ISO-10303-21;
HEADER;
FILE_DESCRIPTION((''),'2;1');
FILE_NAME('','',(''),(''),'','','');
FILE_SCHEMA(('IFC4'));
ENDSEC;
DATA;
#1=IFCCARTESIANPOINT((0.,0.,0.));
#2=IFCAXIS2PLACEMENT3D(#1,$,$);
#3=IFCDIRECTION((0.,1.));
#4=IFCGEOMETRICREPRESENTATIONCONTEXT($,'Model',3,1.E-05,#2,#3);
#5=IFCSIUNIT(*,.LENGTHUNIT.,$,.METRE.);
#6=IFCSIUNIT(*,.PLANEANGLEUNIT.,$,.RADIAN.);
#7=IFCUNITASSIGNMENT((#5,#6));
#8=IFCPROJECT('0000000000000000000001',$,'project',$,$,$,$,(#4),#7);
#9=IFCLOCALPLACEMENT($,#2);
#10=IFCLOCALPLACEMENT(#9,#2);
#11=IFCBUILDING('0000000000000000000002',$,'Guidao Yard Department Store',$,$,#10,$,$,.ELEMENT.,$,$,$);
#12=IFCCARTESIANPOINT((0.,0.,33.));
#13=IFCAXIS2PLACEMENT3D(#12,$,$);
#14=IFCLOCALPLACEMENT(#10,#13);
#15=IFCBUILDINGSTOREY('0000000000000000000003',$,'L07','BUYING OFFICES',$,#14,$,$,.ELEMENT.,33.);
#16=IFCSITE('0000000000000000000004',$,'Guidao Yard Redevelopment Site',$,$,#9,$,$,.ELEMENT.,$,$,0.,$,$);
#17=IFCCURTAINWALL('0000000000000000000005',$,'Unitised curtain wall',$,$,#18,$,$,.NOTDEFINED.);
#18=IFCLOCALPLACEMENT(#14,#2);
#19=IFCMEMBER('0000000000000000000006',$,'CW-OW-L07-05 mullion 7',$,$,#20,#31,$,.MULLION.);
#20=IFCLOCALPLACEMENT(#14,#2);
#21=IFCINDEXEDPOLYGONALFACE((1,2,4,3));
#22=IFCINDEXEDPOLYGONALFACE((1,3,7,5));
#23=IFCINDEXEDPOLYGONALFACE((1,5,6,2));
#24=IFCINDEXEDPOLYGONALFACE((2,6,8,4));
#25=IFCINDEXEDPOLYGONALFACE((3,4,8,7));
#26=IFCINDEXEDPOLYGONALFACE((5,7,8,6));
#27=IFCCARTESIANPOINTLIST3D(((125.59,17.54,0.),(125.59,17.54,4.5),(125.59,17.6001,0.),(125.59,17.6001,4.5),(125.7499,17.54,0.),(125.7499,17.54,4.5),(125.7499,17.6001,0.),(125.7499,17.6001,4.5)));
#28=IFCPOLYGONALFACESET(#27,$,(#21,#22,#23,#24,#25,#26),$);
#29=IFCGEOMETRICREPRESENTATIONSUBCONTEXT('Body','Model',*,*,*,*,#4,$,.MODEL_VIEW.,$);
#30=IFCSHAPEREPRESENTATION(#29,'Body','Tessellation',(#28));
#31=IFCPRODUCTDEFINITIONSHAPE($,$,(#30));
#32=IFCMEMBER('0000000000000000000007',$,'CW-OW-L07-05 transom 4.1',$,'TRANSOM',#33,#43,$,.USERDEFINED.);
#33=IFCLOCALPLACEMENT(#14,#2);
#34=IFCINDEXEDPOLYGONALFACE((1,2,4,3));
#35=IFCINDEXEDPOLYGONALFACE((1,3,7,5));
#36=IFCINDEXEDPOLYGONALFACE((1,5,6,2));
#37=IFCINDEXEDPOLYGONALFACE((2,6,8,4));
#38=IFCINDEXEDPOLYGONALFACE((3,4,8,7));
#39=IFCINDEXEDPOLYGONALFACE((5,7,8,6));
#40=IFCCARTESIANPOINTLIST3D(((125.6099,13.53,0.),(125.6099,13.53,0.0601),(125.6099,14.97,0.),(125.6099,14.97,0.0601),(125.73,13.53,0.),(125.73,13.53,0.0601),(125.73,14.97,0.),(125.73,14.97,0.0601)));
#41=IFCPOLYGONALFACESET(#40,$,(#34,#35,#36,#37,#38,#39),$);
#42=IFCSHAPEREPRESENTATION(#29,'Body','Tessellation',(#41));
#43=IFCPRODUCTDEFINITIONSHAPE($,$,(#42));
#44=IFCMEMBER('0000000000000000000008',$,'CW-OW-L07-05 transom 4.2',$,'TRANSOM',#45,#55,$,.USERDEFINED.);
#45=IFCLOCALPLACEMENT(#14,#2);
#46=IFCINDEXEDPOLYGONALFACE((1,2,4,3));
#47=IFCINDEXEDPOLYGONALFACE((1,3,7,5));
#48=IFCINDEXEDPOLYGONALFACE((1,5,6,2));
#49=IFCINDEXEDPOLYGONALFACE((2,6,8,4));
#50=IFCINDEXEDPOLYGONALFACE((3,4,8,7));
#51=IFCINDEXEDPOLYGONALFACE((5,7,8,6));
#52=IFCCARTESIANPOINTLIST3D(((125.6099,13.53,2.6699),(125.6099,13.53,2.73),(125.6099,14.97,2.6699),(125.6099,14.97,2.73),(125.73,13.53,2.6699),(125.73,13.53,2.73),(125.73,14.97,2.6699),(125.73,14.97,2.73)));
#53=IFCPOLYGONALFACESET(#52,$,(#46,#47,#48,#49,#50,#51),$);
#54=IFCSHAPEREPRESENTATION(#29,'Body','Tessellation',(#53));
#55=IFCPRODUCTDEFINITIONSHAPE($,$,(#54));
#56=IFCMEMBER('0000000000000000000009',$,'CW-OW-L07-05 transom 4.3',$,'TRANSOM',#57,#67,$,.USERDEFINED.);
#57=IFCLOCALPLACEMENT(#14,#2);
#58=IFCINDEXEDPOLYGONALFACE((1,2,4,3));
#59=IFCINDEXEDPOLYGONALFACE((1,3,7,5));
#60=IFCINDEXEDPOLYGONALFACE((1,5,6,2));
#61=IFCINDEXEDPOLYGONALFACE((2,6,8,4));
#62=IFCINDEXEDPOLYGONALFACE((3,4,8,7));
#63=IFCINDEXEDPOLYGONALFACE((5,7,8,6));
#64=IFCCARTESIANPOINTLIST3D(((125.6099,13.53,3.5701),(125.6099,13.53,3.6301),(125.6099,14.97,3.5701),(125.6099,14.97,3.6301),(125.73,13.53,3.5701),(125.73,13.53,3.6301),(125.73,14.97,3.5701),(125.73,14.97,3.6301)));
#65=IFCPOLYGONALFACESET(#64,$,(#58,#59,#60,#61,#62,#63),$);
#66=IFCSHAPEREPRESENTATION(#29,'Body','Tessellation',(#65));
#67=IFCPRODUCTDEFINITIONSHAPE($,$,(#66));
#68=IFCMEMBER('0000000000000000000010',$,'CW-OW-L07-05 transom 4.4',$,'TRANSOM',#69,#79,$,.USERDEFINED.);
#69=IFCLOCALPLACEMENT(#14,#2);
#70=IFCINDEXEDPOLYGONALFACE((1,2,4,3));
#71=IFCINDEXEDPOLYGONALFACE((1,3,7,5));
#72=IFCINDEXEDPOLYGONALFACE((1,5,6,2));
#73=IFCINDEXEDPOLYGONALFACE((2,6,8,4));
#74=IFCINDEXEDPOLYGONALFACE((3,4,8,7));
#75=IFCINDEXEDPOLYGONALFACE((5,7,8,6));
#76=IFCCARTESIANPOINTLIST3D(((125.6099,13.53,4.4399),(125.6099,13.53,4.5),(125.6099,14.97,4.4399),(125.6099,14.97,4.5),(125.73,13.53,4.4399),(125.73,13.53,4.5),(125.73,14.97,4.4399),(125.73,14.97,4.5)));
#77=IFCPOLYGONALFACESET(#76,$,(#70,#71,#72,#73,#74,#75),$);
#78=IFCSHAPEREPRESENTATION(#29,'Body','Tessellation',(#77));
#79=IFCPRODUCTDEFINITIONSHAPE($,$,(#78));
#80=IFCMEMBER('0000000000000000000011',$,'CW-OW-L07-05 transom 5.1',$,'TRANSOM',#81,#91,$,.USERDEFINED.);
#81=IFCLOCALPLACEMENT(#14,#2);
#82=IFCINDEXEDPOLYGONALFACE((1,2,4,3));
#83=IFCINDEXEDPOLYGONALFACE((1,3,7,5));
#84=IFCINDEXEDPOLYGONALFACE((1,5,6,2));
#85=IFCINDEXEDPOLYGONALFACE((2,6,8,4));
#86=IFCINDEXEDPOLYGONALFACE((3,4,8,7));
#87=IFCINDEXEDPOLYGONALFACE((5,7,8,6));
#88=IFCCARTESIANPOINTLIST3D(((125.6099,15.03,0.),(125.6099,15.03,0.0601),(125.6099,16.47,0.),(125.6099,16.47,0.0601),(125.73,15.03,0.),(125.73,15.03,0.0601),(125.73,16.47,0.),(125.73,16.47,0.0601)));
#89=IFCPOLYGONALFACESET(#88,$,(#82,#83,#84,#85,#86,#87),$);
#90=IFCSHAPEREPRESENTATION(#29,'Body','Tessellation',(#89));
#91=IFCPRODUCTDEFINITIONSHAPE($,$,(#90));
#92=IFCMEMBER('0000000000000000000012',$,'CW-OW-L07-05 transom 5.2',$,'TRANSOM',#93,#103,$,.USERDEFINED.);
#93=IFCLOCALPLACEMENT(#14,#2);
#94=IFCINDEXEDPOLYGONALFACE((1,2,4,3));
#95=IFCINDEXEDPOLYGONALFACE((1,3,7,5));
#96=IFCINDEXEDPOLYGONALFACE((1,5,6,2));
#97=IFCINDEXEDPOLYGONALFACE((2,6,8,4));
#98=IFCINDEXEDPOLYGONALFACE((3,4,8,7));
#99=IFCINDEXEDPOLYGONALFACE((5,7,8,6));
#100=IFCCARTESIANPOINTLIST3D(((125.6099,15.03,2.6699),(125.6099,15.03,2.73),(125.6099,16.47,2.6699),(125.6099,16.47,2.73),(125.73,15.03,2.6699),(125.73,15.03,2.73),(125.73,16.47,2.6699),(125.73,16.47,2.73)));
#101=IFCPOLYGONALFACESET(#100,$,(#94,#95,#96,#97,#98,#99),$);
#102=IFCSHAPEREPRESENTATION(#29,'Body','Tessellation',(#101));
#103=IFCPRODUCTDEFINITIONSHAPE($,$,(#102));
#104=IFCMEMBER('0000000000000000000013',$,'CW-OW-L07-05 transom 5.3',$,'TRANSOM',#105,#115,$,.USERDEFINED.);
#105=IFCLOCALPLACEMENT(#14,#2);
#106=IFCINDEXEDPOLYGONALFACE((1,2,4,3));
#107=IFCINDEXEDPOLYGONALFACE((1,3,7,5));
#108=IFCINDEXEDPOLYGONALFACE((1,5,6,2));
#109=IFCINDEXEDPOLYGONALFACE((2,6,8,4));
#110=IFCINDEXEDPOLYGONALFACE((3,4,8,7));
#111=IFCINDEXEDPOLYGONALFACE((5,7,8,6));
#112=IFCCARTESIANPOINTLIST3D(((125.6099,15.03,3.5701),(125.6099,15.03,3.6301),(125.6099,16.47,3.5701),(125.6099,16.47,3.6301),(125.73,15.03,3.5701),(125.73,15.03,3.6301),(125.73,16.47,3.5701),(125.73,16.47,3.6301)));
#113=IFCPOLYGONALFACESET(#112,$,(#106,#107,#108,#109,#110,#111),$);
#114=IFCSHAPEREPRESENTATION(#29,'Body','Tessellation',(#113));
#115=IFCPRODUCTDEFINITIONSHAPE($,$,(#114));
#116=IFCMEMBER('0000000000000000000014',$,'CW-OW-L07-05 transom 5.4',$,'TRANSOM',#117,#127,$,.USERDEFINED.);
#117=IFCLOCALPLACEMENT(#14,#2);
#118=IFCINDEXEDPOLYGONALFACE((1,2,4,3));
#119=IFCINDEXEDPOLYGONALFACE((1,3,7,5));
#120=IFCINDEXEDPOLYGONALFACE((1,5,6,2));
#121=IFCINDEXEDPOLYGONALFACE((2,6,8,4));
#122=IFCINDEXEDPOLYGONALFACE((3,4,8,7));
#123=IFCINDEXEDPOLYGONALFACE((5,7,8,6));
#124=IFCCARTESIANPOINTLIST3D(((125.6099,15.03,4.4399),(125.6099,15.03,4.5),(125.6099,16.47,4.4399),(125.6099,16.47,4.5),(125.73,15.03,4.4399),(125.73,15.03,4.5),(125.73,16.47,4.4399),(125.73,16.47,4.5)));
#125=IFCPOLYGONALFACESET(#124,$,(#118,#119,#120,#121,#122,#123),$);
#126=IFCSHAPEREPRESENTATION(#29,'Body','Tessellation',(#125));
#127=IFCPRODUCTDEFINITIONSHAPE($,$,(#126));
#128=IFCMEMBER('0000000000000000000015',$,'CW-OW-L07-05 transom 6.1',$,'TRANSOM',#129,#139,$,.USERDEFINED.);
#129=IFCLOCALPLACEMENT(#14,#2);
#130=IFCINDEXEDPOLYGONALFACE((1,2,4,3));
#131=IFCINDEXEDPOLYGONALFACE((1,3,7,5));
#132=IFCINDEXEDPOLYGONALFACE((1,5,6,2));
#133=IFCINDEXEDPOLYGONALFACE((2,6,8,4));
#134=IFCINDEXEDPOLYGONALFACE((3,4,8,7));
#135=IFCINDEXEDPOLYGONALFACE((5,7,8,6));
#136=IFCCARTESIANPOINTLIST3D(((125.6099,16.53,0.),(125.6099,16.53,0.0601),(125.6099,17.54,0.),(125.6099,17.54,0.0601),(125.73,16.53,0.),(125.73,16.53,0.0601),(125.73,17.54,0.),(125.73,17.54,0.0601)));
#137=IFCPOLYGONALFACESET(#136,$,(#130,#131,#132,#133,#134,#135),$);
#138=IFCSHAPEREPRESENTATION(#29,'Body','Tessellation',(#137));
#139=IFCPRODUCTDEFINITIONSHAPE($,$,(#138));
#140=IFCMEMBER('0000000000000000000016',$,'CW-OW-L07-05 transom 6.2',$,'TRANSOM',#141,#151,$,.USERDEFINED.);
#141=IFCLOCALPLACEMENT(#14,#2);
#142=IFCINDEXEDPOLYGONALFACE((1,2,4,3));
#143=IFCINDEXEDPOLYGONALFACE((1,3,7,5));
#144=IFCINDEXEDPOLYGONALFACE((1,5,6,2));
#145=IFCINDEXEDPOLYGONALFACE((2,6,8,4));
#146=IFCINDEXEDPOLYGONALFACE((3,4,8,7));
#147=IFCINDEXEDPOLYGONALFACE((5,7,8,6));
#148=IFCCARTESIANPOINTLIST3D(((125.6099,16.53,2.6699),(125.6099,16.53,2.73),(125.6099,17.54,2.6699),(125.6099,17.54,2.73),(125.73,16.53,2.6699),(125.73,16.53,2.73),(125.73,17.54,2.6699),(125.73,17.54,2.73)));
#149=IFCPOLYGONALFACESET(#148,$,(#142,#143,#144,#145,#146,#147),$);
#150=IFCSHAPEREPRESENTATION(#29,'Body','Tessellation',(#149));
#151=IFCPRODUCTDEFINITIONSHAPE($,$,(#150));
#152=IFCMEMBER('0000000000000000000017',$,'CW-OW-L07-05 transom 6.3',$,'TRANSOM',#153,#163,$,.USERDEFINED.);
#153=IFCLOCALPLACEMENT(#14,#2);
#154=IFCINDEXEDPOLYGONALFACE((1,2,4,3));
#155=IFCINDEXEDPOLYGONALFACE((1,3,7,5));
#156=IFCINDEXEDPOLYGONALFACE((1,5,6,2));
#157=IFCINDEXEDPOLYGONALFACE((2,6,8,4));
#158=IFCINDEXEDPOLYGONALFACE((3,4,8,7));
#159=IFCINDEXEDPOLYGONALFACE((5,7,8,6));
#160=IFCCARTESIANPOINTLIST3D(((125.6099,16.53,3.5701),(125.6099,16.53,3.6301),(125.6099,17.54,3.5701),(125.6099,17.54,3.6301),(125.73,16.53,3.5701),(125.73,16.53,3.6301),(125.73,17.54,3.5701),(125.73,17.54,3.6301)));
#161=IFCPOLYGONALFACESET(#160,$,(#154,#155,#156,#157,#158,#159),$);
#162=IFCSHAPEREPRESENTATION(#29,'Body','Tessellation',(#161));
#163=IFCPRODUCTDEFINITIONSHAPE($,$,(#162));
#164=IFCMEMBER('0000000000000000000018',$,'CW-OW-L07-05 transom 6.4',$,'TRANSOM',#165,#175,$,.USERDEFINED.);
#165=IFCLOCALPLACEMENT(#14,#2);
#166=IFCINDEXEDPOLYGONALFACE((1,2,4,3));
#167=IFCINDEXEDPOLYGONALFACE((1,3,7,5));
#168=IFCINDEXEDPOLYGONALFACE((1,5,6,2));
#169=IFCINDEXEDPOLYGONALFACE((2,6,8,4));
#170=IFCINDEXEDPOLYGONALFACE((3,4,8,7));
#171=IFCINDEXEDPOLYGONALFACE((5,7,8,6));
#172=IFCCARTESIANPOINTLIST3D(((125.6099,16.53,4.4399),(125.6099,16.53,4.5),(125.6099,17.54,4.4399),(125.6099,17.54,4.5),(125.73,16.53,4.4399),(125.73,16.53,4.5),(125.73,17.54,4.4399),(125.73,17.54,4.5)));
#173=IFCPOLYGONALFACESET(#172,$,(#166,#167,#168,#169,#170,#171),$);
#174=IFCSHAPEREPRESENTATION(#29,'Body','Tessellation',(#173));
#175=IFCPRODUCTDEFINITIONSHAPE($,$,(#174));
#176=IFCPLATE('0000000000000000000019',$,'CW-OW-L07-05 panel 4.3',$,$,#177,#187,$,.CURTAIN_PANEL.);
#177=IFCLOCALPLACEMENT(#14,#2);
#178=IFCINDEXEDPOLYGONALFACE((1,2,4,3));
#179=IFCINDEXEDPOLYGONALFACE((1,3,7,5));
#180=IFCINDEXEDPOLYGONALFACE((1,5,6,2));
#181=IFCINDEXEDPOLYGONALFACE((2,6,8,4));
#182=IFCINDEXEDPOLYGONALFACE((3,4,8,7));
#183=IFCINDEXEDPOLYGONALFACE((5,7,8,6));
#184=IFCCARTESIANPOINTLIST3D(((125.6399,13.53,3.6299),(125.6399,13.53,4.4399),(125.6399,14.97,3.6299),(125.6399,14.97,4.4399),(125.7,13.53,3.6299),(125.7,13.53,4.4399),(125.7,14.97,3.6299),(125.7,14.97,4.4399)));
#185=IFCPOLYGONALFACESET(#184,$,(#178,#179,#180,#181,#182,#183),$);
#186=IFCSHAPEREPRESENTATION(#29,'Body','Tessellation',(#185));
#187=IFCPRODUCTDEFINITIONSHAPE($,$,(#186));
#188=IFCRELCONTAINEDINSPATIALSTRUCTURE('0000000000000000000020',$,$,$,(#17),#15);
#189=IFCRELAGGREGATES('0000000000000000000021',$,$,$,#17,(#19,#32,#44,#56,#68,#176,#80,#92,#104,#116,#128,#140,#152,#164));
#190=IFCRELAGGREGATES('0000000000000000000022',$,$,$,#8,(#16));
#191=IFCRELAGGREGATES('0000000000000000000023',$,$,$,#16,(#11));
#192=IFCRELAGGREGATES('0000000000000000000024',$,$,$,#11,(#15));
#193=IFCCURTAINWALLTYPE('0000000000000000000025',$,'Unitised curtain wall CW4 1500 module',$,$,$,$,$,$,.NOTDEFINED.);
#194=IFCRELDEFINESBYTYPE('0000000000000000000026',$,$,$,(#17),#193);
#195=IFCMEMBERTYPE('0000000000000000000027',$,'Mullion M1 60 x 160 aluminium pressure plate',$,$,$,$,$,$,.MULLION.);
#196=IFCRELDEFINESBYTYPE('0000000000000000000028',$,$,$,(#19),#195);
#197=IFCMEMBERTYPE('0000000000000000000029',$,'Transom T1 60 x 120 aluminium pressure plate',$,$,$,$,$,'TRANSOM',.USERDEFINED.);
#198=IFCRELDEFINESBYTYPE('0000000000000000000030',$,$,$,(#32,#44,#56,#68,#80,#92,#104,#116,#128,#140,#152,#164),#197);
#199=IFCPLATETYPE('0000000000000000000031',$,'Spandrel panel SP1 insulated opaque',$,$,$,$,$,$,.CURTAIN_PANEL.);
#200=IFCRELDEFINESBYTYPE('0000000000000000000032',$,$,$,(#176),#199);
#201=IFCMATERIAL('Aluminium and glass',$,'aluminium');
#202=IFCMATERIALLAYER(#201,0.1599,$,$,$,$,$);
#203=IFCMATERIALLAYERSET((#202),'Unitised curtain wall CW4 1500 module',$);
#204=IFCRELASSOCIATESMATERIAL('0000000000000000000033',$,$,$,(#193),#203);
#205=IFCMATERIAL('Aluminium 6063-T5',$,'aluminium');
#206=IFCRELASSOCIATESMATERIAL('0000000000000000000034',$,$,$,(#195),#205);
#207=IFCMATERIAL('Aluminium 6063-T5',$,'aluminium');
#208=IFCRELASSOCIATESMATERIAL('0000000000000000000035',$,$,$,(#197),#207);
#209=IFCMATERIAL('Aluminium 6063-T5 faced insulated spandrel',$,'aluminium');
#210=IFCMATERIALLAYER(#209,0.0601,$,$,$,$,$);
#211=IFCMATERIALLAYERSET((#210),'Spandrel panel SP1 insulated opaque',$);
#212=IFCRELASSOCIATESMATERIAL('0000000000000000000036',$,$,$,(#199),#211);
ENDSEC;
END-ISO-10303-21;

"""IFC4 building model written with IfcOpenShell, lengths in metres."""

from ifc_helpers import new_model, si_unit, direction, frame, origin, origin_2d, place, context, subcontext, project, spatial, rectangle, extrude, material, layer, layer_set, material_profile, profile_set, type_object, element, aggregate, save


model = new_model("IFC4")

# Units and contexts
model_context = context("Model", 3, precision=1e-05, world=origin(), true_north=direction((0.0, 1.0)))
body_context = subcontext(model_context, "Body", "Model", "MODEL_VIEW")
ifc_project = project(units=[si_unit("LENGTHUNIT", "METRE"), si_unit("PLANEANGLEUNIT", "RADIAN")], contexts=[model_context])

# Site, building, storey
site_placement = place(None, origin())
site = spatial("IfcSite", under=ifc_project, at=site_placement, Name="Guidao Yard Redevelopment Site", CompositionType="ELEMENT", RefElevation=0.0)
building_placement = place(site_placement, origin())
building = spatial("IfcBuilding", under=site, at=building_placement, Name="Guidao Yard Department Store", CompositionType="ELEMENT")
storey_placement = place(building_placement, frame((0.0, 0.0, 33.0)))
storey = spatial("IfcBuildingStorey", under=building, at=storey_placement, Name="L07", Description="BUYING OFFICES", CompositionType="ELEMENT", Elevation=33.0)

# Curtain wall, members, plate
ifc_material_1 = material(Name="Aluminium and glass", Category="aluminium")
ifc_layer_1 = layer(ifc_material_1, 0.1599)
ifc_layer_set_1 = layer_set([ifc_layer_1], Name="Unitised curtain wall CW4 1500 module")
curtain_wall_type = type_object("IfcCurtainWallType", Name="Unitised curtain wall CW4 1500 module", PredefinedType="NOTDEFINED", material=ifc_layer_set_1)
curtain_wall_placement = place(storey_placement, origin())
curtain_wall = element("IfcCurtainWall", 1, at=curtain_wall_placement, inside=storey, type_object=curtain_wall_type, Name="Unitised curtain wall", PredefinedType="NOTDEFINED")
ifc_material_2 = material(Name="Aluminium 6063-T5", Category="aluminium")
ifc_material_profile_1 = material_profile(ifc_material_2, rectangle(XDim=0.0601, YDim=0.1599, at=origin_2d()), Name="Mullion M1 60 x 160 aluminium pressure plate")
ifc_profile_set_1 = profile_set([ifc_material_profile_1], Name="Aluminium 6063-T5")
member_type_1 = type_object("IfcMemberType", Name="Mullion M1 60 x 160 aluminium pressure plate", PredefinedType="MULLION", material=ifc_profile_set_1)
member_1_placement = place(storey_placement, frame((125.6699, 17.5701, 0.0), z_axis=(0.0, 0.0, 1.0), x_axis=(0.0, 1.0, 0.0)))
member_1 = element("IfcMember", 2, at=member_1_placement, type_object=member_type_1, Name="CW-OW-L07-05 mullion 7", PredefinedType="MULLION", context=body_context, shape_type="SweptSolid", body=[
    extrude(rectangle(XDim=0.0601, YDim=0.1599, at=origin_2d()), origin(), (0.0, 0.0, 1.0), 4.5),
])
ifc_material_3 = material(Name="Aluminium 6063-T5", Category="aluminium")
ifc_material_profile_2 = material_profile(ifc_material_3, rectangle(XDim=0.1201, YDim=0.0601, at=origin_2d()), Name="Transom T1 60 x 120 aluminium pressure plate")
ifc_profile_set_2 = profile_set([ifc_material_profile_2], Name="Aluminium 6063-T5")
member_type_2 = type_object("IfcMemberType", Name="Transom T1 60 x 120 aluminium pressure plate", ElementType="TRANSOM", PredefinedType="USERDEFINED", material=ifc_profile_set_2)
member_2_placement = place(storey_placement, frame((125.6699, 13.53, 0.03), z_axis=(0.0, 1.0, 0.0), x_axis=(-1.0, 0.0, 0.0)))
member_2 = element("IfcMember", 3, at=member_2_placement, type_object=member_type_2, Name="CW-OW-L07-05 transom 4.1", ObjectType="TRANSOM", PredefinedType="USERDEFINED", context=body_context, shape_type="SweptSolid", body=[
    extrude(rectangle(XDim=0.1201, YDim=0.0601, at=origin_2d()), origin(), (0.0, 0.0, 1.0), 1.4399),
])
member_3_placement = place(storey_placement, frame((125.6699, 13.53, 2.7), z_axis=(0.0, 1.0, 0.0), x_axis=(-1.0, 0.0, 0.0)))
member_3 = element("IfcMember", 4, at=member_3_placement, type_object=member_type_2, Name="CW-OW-L07-05 transom 4.2", ObjectType="TRANSOM", PredefinedType="USERDEFINED", context=body_context, shape_type="SweptSolid", body=[
    extrude(rectangle(XDim=0.1201, YDim=0.0601, at=origin_2d()), origin(), (0.0, 0.0, 1.0), 1.4399),
])
member_4_placement = place(storey_placement, frame((125.6699, 13.53, 3.6001), z_axis=(0.0, 1.0, 0.0), x_axis=(-1.0, 0.0, 0.0)))
member_4 = element("IfcMember", 5, at=member_4_placement, type_object=member_type_2, Name="CW-OW-L07-05 transom 4.3", ObjectType="TRANSOM", PredefinedType="USERDEFINED", context=body_context, shape_type="SweptSolid", body=[
    extrude(rectangle(XDim=0.1201, YDim=0.0601, at=origin_2d()), origin(), (0.0, 0.0, 1.0), 1.4399),
])
member_5_placement = place(storey_placement, frame((125.6699, 13.53, 4.47), z_axis=(0.0, 1.0, 0.0), x_axis=(-1.0, 0.0, 0.0)))
member_5 = element("IfcMember", 6, at=member_5_placement, type_object=member_type_2, Name="CW-OW-L07-05 transom 4.4", ObjectType="TRANSOM", PredefinedType="USERDEFINED", context=body_context, shape_type="SweptSolid", body=[
    extrude(rectangle(XDim=0.1201, YDim=0.0601, at=origin_2d()), origin(), (0.0, 0.0, 1.0), 1.4399),
])
member_6_placement = place(storey_placement, frame((125.6699, 15.03, 0.03), z_axis=(0.0, 1.0, 0.0), x_axis=(-1.0, 0.0, 0.0)))
member_6 = element("IfcMember", 7, at=member_6_placement, type_object=member_type_2, Name="CW-OW-L07-05 transom 5.1", ObjectType="TRANSOM", PredefinedType="USERDEFINED", context=body_context, shape_type="SweptSolid", body=[
    extrude(rectangle(XDim=0.1201, YDim=0.0601, at=origin_2d()), origin(), (0.0, 0.0, 1.0), 1.4399),
])
member_7_placement = place(storey_placement, frame((125.6699, 15.03, 2.7), z_axis=(0.0, 1.0, 0.0), x_axis=(-1.0, 0.0, 0.0)))
member_7 = element("IfcMember", 8, at=member_7_placement, type_object=member_type_2, Name="CW-OW-L07-05 transom 5.2", ObjectType="TRANSOM", PredefinedType="USERDEFINED", context=body_context, shape_type="SweptSolid", body=[
    extrude(rectangle(XDim=0.1201, YDim=0.0601, at=origin_2d()), origin(), (0.0, 0.0, 1.0), 1.4399),
])
member_8_placement = place(storey_placement, frame((125.6699, 15.03, 3.6001), z_axis=(0.0, 1.0, 0.0), x_axis=(-1.0, 0.0, 0.0)))
member_8 = element("IfcMember", 9, at=member_8_placement, type_object=member_type_2, Name="CW-OW-L07-05 transom 5.3", ObjectType="TRANSOM", PredefinedType="USERDEFINED", context=body_context, shape_type="SweptSolid", body=[
    extrude(rectangle(XDim=0.1201, YDim=0.0601, at=origin_2d()), origin(), (0.0, 0.0, 1.0), 1.4399),
])
member_9_placement = place(storey_placement, frame((125.6699, 15.03, 4.47), z_axis=(0.0, 1.0, 0.0), x_axis=(-1.0, 0.0, 0.0)))
member_9 = element("IfcMember", 10, at=member_9_placement, type_object=member_type_2, Name="CW-OW-L07-05 transom 5.4", ObjectType="TRANSOM", PredefinedType="USERDEFINED", context=body_context, shape_type="SweptSolid", body=[
    extrude(rectangle(XDim=0.1201, YDim=0.0601, at=origin_2d()), origin(), (0.0, 0.0, 1.0), 1.4399),
])
member_10_placement = place(storey_placement, frame((125.6699, 16.53, 0.03), z_axis=(0.0, 1.0, 0.0), x_axis=(-1.0, 0.0, 0.0)))
member_10 = element("IfcMember", 11, at=member_10_placement, type_object=member_type_2, Name="CW-OW-L07-05 transom 6.1", ObjectType="TRANSOM", PredefinedType="USERDEFINED", context=body_context, shape_type="SweptSolid", body=[
    extrude(rectangle(XDim=0.1201, YDim=0.0601, at=origin_2d()), origin(), (0.0, 0.0, 1.0), 1.01),
])
member_11_placement = place(storey_placement, frame((125.6699, 16.53, 2.7), z_axis=(0.0, 1.0, 0.0), x_axis=(-1.0, 0.0, 0.0)))
member_11 = element("IfcMember", 12, at=member_11_placement, type_object=member_type_2, Name="CW-OW-L07-05 transom 6.2", ObjectType="TRANSOM", PredefinedType="USERDEFINED", context=body_context, shape_type="SweptSolid", body=[
    extrude(rectangle(XDim=0.1201, YDim=0.0601, at=origin_2d()), origin(), (0.0, 0.0, 1.0), 1.01),
])
member_12_placement = place(storey_placement, frame((125.6699, 16.53, 3.6001), z_axis=(0.0, 1.0, 0.0), x_axis=(-1.0, 0.0, 0.0)))
member_12 = element("IfcMember", 13, at=member_12_placement, type_object=member_type_2, Name="CW-OW-L07-05 transom 6.3", ObjectType="TRANSOM", PredefinedType="USERDEFINED", context=body_context, shape_type="SweptSolid", body=[
    extrude(rectangle(XDim=0.1201, YDim=0.0601, at=origin_2d()), origin(), (0.0, 0.0, 1.0), 1.01),
])
member_13_placement = place(storey_placement, frame((125.6699, 16.53, 4.47), z_axis=(0.0, 1.0, 0.0), x_axis=(-1.0, 0.0, 0.0)))
member_13 = element("IfcMember", 14, at=member_13_placement, type_object=member_type_2, Name="CW-OW-L07-05 transom 6.4", ObjectType="TRANSOM", PredefinedType="USERDEFINED", context=body_context, shape_type="SweptSolid", body=[
    extrude(rectangle(XDim=0.1201, YDim=0.0601, at=origin_2d()), origin(), (0.0, 0.0, 1.0), 1.01),
])
ifc_material_4 = material(Name="Aluminium 6063-T5 faced insulated spandrel", Category="aluminium")
ifc_layer_2 = layer(ifc_material_4, 0.0601)
ifc_layer_set_2 = layer_set([ifc_layer_2], Name="Spandrel panel SP1 insulated opaque")
plate_type_1 = type_object("IfcPlateType", Name="Spandrel panel SP1 insulated opaque", PredefinedType="CURTAIN_PANEL", material=ifc_layer_set_2)
plate_1_placement = place(storey_placement, frame((125.6699, 14.25, 3.6299), z_axis=(0.0, 0.0, 1.0), x_axis=(0.0, 1.0, 0.0)))
plate_1 = element("IfcPlate", 15, at=plate_1_placement, type_object=plate_type_1, Name="CW-OW-L07-05 panel 4.3", PredefinedType="CURTAIN_PANEL", context=body_context, shape_type="SweptSolid", body=[
    extrude(rectangle(XDim=1.4399, YDim=0.0601, at=origin_2d()), origin(), (0.0, 0.0, 1.0), 0.8101),
])
aggregate(curtain_wall, [member_1, member_2, member_3, member_4, member_5, plate_1, member_6, member_7, member_8, member_9, member_10, member_11, member_12, member_13])

save(model, "model.ifc")
